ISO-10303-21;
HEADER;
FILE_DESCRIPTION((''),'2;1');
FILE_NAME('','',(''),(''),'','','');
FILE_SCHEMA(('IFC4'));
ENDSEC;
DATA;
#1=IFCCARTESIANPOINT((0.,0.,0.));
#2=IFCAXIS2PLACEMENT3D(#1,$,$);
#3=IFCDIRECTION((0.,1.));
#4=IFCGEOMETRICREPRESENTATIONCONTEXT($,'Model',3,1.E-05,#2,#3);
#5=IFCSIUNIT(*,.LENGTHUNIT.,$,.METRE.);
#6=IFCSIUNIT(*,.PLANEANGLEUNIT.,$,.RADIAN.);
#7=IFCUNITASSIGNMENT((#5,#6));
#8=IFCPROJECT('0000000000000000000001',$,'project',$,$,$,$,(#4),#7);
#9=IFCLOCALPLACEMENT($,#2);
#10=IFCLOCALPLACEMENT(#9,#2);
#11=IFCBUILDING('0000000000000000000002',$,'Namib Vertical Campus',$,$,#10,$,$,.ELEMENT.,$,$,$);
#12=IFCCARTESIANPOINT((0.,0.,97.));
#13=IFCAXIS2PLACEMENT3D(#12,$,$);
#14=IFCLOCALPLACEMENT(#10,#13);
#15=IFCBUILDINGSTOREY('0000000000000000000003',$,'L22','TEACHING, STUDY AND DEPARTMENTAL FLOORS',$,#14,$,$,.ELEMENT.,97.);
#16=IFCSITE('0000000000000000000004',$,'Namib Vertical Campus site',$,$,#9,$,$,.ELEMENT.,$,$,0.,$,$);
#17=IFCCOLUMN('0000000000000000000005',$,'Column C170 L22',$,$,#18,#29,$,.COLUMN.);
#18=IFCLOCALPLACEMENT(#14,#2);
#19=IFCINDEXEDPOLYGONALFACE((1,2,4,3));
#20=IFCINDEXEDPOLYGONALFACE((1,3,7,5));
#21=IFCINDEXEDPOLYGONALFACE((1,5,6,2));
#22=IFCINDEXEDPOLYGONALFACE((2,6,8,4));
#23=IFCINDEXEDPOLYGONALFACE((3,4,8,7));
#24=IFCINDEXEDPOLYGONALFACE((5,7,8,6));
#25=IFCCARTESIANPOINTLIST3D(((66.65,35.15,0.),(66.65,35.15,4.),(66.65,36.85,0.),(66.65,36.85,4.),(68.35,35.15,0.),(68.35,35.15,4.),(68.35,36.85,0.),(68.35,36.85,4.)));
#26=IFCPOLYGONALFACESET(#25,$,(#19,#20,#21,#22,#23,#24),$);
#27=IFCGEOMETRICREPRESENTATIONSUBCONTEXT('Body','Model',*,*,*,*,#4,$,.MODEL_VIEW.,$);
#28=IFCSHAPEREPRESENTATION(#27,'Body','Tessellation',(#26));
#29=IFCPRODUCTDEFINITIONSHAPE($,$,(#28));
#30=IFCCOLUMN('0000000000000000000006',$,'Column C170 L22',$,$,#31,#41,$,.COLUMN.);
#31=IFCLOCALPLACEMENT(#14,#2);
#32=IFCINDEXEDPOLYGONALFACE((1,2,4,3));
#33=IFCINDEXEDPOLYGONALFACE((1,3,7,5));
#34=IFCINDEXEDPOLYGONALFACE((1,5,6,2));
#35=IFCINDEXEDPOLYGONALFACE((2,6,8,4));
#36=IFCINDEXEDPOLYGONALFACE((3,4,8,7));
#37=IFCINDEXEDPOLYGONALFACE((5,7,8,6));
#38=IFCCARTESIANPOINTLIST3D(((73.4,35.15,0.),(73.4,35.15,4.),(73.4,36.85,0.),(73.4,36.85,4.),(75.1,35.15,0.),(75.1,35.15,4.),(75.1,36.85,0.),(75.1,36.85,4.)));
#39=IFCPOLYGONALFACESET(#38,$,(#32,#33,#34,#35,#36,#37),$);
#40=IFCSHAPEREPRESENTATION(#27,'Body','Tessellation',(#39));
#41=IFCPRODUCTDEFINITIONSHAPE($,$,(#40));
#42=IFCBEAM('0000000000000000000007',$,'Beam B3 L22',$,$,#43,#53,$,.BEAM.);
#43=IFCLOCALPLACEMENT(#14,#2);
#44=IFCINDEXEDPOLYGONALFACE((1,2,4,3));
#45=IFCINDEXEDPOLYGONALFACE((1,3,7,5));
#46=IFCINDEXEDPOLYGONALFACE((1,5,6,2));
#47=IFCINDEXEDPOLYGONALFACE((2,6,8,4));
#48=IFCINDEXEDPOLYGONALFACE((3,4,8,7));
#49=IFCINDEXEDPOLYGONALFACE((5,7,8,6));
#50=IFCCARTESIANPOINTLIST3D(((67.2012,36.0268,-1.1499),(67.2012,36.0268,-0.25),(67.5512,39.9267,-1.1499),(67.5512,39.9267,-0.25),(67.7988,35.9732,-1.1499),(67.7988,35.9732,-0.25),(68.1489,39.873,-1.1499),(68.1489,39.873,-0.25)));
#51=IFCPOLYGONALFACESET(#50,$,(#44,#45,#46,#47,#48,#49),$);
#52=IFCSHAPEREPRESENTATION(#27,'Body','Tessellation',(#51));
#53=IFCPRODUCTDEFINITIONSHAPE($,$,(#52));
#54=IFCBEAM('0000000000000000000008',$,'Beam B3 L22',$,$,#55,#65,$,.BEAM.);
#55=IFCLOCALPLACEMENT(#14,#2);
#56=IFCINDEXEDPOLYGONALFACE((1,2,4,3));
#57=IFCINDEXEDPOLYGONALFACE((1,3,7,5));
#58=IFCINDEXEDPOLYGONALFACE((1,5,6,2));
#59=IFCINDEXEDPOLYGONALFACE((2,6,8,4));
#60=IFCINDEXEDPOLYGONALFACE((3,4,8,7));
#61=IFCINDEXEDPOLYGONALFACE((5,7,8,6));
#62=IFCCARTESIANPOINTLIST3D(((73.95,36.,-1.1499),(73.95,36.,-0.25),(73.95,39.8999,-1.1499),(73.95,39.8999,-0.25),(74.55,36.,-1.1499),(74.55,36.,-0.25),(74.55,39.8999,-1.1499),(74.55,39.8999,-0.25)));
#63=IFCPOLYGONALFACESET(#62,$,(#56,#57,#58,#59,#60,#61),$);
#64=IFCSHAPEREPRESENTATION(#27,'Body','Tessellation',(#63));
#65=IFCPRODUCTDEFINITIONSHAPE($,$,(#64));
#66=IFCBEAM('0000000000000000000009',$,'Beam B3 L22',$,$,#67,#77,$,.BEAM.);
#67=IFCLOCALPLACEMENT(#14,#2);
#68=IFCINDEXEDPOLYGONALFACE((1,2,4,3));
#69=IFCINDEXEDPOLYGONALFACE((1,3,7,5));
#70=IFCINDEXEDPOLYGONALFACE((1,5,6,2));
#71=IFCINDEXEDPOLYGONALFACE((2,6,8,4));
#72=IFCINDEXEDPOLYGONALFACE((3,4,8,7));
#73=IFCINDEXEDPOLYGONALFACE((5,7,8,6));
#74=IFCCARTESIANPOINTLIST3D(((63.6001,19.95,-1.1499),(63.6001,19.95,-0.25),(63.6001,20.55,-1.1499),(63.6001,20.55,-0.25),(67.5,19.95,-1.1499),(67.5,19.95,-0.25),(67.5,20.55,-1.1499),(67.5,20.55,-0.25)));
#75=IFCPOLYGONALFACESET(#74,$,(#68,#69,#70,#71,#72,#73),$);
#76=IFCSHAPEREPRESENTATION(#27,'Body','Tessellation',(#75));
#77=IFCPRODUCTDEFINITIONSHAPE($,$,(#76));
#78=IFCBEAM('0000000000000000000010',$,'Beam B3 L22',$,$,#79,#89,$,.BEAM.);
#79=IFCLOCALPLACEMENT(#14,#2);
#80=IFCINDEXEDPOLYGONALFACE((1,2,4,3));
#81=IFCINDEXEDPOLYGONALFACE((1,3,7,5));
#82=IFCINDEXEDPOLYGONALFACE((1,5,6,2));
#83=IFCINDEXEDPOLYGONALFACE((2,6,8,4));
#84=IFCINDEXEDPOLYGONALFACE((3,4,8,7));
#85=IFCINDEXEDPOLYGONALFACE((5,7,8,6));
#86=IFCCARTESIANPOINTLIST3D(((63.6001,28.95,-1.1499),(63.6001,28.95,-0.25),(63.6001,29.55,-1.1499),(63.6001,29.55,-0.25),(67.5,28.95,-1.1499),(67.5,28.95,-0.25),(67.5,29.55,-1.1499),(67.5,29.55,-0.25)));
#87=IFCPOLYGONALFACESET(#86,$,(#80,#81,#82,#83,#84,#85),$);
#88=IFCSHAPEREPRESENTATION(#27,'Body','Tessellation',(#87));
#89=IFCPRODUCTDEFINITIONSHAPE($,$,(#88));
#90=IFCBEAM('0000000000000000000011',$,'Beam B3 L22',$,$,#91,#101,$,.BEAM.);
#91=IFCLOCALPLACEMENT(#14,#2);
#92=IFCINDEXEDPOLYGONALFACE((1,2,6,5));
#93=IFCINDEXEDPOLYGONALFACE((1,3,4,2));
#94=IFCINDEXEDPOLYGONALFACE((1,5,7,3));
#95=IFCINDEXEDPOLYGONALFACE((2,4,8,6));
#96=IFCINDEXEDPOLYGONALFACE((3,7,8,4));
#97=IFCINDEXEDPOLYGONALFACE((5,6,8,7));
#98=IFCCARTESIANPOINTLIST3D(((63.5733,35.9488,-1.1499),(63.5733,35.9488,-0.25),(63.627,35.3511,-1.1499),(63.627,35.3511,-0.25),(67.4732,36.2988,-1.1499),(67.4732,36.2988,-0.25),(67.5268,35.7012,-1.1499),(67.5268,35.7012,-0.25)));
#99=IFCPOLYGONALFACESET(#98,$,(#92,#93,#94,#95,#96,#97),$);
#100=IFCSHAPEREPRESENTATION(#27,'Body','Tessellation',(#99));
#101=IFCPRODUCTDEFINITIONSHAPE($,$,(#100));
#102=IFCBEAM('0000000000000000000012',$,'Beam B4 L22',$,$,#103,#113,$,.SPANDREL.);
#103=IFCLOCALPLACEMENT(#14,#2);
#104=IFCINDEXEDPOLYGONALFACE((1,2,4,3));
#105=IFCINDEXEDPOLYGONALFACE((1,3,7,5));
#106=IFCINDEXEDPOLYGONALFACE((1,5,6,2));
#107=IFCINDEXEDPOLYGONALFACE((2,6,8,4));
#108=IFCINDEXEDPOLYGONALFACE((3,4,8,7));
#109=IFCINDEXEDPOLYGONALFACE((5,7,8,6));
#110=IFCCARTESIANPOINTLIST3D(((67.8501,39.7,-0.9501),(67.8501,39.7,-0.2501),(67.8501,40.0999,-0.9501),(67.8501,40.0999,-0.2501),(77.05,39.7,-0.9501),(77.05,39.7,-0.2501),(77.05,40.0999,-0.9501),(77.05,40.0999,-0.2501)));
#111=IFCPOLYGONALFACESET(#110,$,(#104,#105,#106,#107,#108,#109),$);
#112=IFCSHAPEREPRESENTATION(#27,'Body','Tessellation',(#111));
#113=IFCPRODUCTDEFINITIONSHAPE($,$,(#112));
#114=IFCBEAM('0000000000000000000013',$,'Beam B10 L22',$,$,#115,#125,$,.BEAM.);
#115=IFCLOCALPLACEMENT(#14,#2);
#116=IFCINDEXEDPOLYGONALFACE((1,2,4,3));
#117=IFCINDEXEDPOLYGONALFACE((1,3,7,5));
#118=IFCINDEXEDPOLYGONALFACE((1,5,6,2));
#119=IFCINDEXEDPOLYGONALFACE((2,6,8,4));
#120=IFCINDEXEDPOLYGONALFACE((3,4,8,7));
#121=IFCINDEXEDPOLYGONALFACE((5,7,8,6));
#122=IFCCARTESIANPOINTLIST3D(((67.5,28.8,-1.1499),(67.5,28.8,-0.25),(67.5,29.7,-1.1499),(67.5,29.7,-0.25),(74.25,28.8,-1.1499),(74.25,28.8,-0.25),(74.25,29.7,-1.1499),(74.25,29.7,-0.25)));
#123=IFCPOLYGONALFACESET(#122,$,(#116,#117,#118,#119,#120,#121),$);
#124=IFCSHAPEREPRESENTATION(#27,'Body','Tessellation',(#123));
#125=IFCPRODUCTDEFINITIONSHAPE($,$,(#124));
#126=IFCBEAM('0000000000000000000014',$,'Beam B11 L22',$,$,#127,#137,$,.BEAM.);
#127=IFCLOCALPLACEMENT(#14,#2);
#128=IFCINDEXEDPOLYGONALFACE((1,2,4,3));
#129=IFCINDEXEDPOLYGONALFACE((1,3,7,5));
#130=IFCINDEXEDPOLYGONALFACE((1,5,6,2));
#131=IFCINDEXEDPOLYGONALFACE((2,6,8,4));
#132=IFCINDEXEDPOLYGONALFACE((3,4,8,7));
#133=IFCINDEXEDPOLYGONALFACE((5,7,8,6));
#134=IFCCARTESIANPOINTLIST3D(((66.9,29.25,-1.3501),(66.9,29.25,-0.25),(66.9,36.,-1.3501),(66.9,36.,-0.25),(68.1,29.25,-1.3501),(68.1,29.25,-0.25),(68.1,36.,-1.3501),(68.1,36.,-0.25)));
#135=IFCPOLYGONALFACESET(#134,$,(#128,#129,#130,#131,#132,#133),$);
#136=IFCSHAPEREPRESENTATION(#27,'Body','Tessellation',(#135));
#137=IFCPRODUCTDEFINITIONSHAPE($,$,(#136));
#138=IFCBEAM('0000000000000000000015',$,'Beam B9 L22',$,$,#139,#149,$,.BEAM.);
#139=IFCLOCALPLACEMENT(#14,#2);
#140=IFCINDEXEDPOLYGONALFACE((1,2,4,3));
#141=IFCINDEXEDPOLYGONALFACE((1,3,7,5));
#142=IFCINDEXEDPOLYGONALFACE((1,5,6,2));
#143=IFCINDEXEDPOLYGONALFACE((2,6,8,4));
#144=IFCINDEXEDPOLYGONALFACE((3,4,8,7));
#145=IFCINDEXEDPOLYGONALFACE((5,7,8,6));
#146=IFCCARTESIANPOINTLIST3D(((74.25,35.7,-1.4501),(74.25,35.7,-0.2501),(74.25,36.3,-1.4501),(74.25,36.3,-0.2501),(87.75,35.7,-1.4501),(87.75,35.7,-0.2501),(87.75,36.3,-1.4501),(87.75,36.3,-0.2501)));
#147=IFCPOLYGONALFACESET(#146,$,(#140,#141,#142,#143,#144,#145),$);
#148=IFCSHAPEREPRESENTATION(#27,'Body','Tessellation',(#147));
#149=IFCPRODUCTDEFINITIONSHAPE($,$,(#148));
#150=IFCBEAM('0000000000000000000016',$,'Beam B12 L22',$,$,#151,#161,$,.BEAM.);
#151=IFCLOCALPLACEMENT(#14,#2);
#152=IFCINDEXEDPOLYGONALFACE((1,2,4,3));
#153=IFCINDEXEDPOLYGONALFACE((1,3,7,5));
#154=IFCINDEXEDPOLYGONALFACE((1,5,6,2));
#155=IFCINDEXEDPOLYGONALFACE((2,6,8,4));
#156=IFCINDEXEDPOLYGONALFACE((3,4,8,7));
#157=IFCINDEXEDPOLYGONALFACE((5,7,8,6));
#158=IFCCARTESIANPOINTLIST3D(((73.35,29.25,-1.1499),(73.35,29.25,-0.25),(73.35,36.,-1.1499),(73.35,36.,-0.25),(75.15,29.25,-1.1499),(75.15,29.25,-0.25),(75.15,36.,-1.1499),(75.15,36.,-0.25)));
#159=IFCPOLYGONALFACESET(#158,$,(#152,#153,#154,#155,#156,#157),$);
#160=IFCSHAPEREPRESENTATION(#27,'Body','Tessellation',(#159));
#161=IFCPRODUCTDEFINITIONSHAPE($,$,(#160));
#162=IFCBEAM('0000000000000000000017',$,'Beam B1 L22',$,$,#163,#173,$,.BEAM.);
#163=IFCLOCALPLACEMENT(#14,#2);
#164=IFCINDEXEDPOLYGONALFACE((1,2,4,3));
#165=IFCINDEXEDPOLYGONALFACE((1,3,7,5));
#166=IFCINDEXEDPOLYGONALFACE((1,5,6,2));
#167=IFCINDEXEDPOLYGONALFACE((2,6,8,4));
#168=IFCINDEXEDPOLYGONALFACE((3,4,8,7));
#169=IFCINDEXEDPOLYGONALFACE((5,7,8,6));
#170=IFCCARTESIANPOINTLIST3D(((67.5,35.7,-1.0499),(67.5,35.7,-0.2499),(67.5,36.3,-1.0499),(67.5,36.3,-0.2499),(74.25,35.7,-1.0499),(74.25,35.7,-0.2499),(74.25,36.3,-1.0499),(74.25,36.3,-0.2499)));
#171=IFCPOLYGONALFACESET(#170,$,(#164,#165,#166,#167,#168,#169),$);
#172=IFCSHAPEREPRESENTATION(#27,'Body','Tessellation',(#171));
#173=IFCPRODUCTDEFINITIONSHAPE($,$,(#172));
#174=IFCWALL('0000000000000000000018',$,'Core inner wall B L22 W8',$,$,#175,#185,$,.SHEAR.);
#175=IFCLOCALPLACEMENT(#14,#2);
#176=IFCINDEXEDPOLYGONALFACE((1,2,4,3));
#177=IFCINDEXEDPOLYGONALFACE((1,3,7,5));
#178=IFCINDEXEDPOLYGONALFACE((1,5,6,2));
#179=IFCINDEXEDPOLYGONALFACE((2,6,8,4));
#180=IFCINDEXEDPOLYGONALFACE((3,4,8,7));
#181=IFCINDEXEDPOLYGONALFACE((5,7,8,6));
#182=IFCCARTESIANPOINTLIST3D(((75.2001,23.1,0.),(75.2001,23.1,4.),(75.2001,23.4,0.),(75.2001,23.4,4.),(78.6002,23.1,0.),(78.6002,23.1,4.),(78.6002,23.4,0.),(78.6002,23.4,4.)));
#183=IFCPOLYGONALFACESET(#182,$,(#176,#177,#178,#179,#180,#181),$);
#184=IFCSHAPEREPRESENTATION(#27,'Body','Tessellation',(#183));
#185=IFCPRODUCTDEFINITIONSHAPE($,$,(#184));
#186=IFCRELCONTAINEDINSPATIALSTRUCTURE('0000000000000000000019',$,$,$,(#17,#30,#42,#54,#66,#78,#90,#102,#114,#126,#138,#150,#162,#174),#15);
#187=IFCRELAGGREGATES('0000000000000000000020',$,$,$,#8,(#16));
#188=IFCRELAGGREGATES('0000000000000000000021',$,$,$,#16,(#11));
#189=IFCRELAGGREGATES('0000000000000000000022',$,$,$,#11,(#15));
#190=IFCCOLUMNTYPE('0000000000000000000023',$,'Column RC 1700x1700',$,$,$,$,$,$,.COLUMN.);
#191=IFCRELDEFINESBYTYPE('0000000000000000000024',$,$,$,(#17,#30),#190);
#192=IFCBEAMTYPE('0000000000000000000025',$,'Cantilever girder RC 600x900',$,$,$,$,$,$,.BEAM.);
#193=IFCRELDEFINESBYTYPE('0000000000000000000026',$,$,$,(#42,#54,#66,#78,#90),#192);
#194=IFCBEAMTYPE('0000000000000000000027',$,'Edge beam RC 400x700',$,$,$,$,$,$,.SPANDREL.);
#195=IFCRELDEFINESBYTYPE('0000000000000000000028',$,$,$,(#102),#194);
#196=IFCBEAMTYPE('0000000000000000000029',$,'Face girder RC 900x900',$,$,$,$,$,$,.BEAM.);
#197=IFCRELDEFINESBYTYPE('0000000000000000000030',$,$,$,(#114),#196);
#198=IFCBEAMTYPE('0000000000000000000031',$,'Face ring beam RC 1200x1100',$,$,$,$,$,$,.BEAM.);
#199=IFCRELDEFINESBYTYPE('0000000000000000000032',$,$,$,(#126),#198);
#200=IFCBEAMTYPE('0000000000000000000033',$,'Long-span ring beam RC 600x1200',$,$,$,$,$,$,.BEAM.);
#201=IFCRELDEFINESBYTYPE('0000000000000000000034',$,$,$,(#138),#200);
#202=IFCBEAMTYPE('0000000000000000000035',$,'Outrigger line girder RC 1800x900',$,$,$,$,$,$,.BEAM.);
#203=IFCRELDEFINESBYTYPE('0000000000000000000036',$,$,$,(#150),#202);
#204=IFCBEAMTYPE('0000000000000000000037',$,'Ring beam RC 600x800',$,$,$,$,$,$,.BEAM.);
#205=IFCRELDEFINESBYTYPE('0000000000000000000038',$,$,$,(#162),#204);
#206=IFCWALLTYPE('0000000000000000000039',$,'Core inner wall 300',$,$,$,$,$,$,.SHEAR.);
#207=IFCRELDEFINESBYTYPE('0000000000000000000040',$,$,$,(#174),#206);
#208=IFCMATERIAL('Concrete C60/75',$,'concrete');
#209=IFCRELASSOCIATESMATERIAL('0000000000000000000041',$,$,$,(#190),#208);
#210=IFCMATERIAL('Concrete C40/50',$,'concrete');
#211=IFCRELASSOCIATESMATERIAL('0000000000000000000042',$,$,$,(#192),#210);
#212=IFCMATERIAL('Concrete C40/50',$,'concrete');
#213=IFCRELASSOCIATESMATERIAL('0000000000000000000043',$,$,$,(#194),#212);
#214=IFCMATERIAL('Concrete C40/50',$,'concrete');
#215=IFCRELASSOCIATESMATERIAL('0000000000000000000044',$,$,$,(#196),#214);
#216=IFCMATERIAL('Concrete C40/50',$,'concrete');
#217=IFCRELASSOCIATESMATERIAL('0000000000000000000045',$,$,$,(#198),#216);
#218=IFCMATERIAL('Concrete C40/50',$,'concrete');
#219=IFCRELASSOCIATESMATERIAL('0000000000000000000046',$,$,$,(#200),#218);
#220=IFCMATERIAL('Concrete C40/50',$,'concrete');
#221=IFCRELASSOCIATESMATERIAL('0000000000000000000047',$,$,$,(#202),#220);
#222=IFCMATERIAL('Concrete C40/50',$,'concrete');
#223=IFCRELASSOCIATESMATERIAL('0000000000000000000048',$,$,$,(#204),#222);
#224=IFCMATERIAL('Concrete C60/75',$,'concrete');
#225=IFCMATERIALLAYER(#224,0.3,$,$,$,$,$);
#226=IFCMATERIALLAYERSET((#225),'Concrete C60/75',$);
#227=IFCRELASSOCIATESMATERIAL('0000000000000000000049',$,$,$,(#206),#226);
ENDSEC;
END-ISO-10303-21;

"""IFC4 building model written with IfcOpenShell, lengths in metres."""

from ifc_helpers import new_model, si_unit, direction, frame, frame_2d, origin, origin_2d, place, context, subcontext, project, spatial, rectangle, extrude, material, layer, layer_set, material_profile, profile_set, type_object, element, save


model = new_model("IFC4")

# Units and contexts
model_context = context("Model", 3, precision=1e-05, world=origin(), true_north=direction((0.0, 1.0)))
body_context = subcontext(model_context, "Body", "Model", "MODEL_VIEW")
ifc_project = project(units=[si_unit("LENGTHUNIT", "METRE"), si_unit("PLANEANGLEUNIT", "RADIAN")], contexts=[model_context])

# Site, building, storey
site_placement = place(None, origin())
site = spatial("IfcSite", under=ifc_project, at=site_placement, Name="Namib Vertical Campus site", CompositionType="ELEMENT", RefElevation=0.0)
building_placement = place(site_placement, origin())
building = spatial("IfcBuilding", under=site, at=building_placement, Name="Namib Vertical Campus", CompositionType="ELEMENT")
storey_placement = place(building_placement, frame((0.0, 0.0, 97.0)))
storey = spatial("IfcBuildingStorey", under=building, at=storey_placement, Name="L22", Description="TEACHING, STUDY AND DEPARTMENTAL FLOORS", CompositionType="ELEMENT", Elevation=97.0)

# Columns
ifc_material_1 = material(Name="Concrete C60/75", Category="concrete")
ifc_material_profile_1 = material_profile(ifc_material_1, rectangle(XDim=1.7, YDim=1.7, at=origin_2d()))
ifc_profile_set_1 = profile_set([ifc_material_profile_1], Name="Concrete C60/75")
column_type = type_object("IfcColumnType", Name="Column RC 1700x1700", PredefinedType="COLUMN", material=ifc_profile_set_1)
for number, where, z_axis, x_axis, name in (
    (1, (67.5, 36.0, 0.0), (0.0, 0.0, 1.0), (1.0, 0.0, 0.0), "Column C170 L22"),
    (2, (74.25, 36.0, 0.0), (0.0, 0.0, 1.0), (1.0, 0.0, 0.0), "Column C170 L22"),
):
    element("IfcColumn", number, at=place(storey_placement, frame(where, z_axis=z_axis, x_axis=x_axis)), inside=storey, type_object=column_type, Name=name, PredefinedType="COLUMN", context=body_context, shape_type="SweptSolid", body=[
        extrude(rectangle(XDim=1.7, YDim=1.7, at=origin_2d()), origin(), (0.0, 0.0, 1.0), 4.0),
    ])

# Beams
ifc_material_2 = material(Name="Concrete C40/50", Category="concrete")
ifc_material_profile_2 = material_profile(ifc_material_2, rectangle(XDim=0.6001, YDim=0.8999, at=origin_2d()))
ifc_profile_set_2 = profile_set([ifc_material_profile_2], Name="Concrete C40/50")
beam_type_1 = type_object("IfcBeamType", Name="Cantilever girder RC 600x900", PredefinedType="BEAM", material=ifc_profile_set_2)
beam_1_placement = place(storey_placement, frame((67.5, 36.0, -0.7), z_axis=(0.089411, 0.995995, 0.0), x_axis=(-0.995995, 0.089411, 0.0)))
element("IfcBeam", 3, at=beam_1_placement, inside=storey, type_object=beam_type_1, Name="Beam B3 L22", PredefinedType="BEAM", context=body_context, shape_type="SweptSolid", body=[
    extrude(rectangle(XDim=0.6001, YDim=0.8999, at=origin_2d()), origin(), (0.0, 0.0, 1.0), 3.9155),
])
for number, where, z_axis, x_axis, name in (
    (4, (74.25, 36.0, -0.7), (0.0, 1.0, 0.0), (-1.0, 0.0, 0.0), "Beam B3 L22"),
    (5, (67.5, 20.25, -0.7), (-1.0, 0.0, 0.0), (0.0, -1.0, 0.0), "Beam B3 L22"),
    (6, (67.5, 29.25, -0.7), (-1.0, 0.0, 0.0), (0.0, -1.0, 0.0), "Beam B3 L22"),
):
    element("IfcBeam", number, at=place(storey_placement, frame(where, z_axis=z_axis, x_axis=x_axis)), inside=storey, type_object=beam_type_1, Name=name, PredefinedType="BEAM", context=body_context, shape_type="SweptSolid", body=[
        extrude(rectangle(XDim=0.6001, YDim=0.8999, at=origin_2d()), origin(), (0.0, 0.0, 1.0), 3.8999),
    ])
beam_2_placement = place(storey_placement, frame((67.5, 36.0, -0.7), z_axis=(-0.995995, -0.089411, 0.0), x_axis=(0.089411, -0.995995, 0.0)))
element("IfcBeam", 7, at=beam_2_placement, inside=storey, type_object=beam_type_1, Name="Beam B3 L22", PredefinedType="BEAM", context=body_context, shape_type="SweptSolid", body=[
    extrude(rectangle(XDim=0.6001, YDim=0.8999, at=origin_2d()), origin(), (0.0, 0.0, 1.0), 3.9155),
])
ifc_material_3 = material(Name="Concrete C40/50", Category="concrete")
ifc_material_profile_3 = material_profile(ifc_material_3, rectangle(XDim=0.3999, YDim=0.7, at=origin_2d()))
ifc_profile_set_3 = profile_set([ifc_material_profile_3], Name="Concrete C40/50")
beam_type_2 = type_object("IfcBeamType", Name="Edge beam RC 400x700", PredefinedType="SPANDREL", material=ifc_profile_set_3)
beam_3_placement = place(storey_placement, frame((67.8501, 39.8999, -0.6001), z_axis=(1.0, 0.0, 0.0), x_axis=(0.0, 1.0, 0.0)))
element("IfcBeam", 8, at=beam_3_placement, inside=storey, type_object=beam_type_2, Name="Beam B4 L22", PredefinedType="SPANDREL", context=body_context, shape_type="SweptSolid", body=[
    extrude(rectangle(XDim=0.3999, YDim=0.7, at=origin_2d()), origin(), (0.0, 0.0, 1.0), 9.2),
])
ifc_material_4 = material(Name="Concrete C40/50", Category="concrete")
ifc_material_profile_4 = material_profile(ifc_material_4, rectangle(XDim=0.8999, YDim=0.8999, at=origin_2d()))
ifc_profile_set_4 = profile_set([ifc_material_profile_4], Name="Concrete C40/50")
beam_type_3 = type_object("IfcBeamType", Name="Face girder RC 900x900", PredefinedType="BEAM", material=ifc_profile_set_4)
beam_4_placement = place(storey_placement, frame((67.5, 29.25, -0.7), z_axis=(1.0, 0.0, 0.0), x_axis=(0.0, 1.0, 0.0)))
element("IfcBeam", 9, at=beam_4_placement, inside=storey, type_object=beam_type_3, Name="Beam B10 L22", PredefinedType="BEAM", context=body_context, shape_type="SweptSolid", body=[
    extrude(rectangle(XDim=0.8999, YDim=0.8999, at=origin_2d()), origin(), (0.0, 0.0, 1.0), 6.75),
])
ifc_material_5 = material(Name="Concrete C40/50", Category="concrete")
ifc_material_profile_5 = material_profile(ifc_material_5, rectangle(XDim=1.2, YDim=1.1001, at=origin_2d()))
ifc_profile_set_5 = profile_set([ifc_material_profile_5], Name="Concrete C40/50")
beam_type_4 = type_object("IfcBeamType", Name="Face ring beam RC 1200x1100", PredefinedType="BEAM", material=ifc_profile_set_5)
beam_5_placement = place(storey_placement, frame((67.5, 29.25, -0.8), z_axis=(0.0, 1.0, 0.0), x_axis=(-1.0, 0.0, 0.0)))
element("IfcBeam", 10, at=beam_5_placement, inside=storey, type_object=beam_type_4, Name="Beam B11 L22", PredefinedType="BEAM", context=body_context, shape_type="SweptSolid", body=[
    extrude(rectangle(XDim=1.2, YDim=1.1001, at=origin_2d()), origin(), (0.0, 0.0, 1.0), 6.75),
])
ifc_material_6 = material(Name="Concrete C40/50", Category="concrete")
ifc_material_profile_6 = material_profile(ifc_material_6, rectangle(XDim=0.6001, YDim=1.2, at=origin_2d()))
ifc_profile_set_6 = profile_set([ifc_material_profile_6], Name="Concrete C40/50")
beam_type_5 = type_object("IfcBeamType", Name="Long-span ring beam RC 600x1200", PredefinedType="BEAM", material=ifc_profile_set_6)
beam_6_placement = place(storey_placement, frame((74.25, 36.0, -0.8501), z_axis=(1.0, 0.0, 0.0), x_axis=(0.0, 1.0, 0.0)))
element("IfcBeam", 11, at=beam_6_placement, inside=storey, type_object=beam_type_5, Name="Beam B9 L22", PredefinedType="BEAM", context=body_context, shape_type="SweptSolid", body=[
    extrude(rectangle(XDim=0.6001, YDim=1.2, at=origin_2d()), origin(), (0.0, 0.0, 1.0), 13.5),
])
ifc_material_7 = material(Name="Concrete C40/50", Category="concrete")
ifc_material_profile_7 = material_profile(ifc_material_7, rectangle(XDim=1.8, YDim=0.8999, at=origin_2d()))
ifc_profile_set_7 = profile_set([ifc_material_profile_7], Name="Concrete C40/50")
beam_type_6 = type_object("IfcBeamType", Name="Outrigger line girder RC 1800x900", PredefinedType="BEAM", material=ifc_profile_set_7)
beam_7_placement = place(storey_placement, frame((74.25, 36.0, -0.7), z_axis=(0.0, -1.0, 0.0), x_axis=(1.0, 0.0, 0.0)))
element("IfcBeam", 12, at=beam_7_placement, inside=storey, type_object=beam_type_6, Name="Beam B12 L22", PredefinedType="BEAM", context=body_context, shape_type="SweptSolid", body=[
    extrude(rectangle(XDim=1.8, YDim=0.8999, at=origin_2d()), origin(), (0.0, 0.0, 1.0), 6.75),
])
ifc_material_8 = material(Name="Concrete C40/50", Category="concrete")
ifc_material_profile_8 = material_profile(ifc_material_8, rectangle(XDim=0.6001, YDim=0.8, at=origin_2d()))
ifc_profile_set_8 = profile_set([ifc_material_profile_8], Name="Concrete C40/50")
beam_type_7 = type_object("IfcBeamType", Name="Ring beam RC 600x800", PredefinedType="BEAM", material=ifc_profile_set_8)
beam_8_placement = place(storey_placement, frame((67.5, 36.0, -0.6499), z_axis=(1.0, 0.0, 0.0), x_axis=(0.0, 1.0, 0.0)))
element("IfcBeam", 13, at=beam_8_placement, inside=storey, type_object=beam_type_7, Name="Beam B1 L22", PredefinedType="BEAM", context=body_context, shape_type="SweptSolid", body=[
    extrude(rectangle(XDim=0.6001, YDim=0.8, at=origin_2d()), origin(), (0.0, 0.0, 1.0), 6.75),
])

# Wall
ifc_material_9 = material(Name="Concrete C60/75", Category="concrete")
ifc_layer_1 = layer(ifc_material_9, 0.3)
ifc_layer_set_1 = layer_set([ifc_layer_1], Name="Concrete C60/75")
wall_type_1 = type_object("IfcWallType", Name="Core inner wall 300", PredefinedType="SHEAR", material=ifc_layer_set_1)
for number, where, z_axis, x_axis, name in (
    (14, (75.2, 23.25, 0.0), (0.0, 0.0, 1.0), (1.0, 0.0, 0.0), "Core inner wall B L22 W8"),
):
    element("IfcWall", number, at=place(storey_placement, frame(where, z_axis=z_axis, x_axis=x_axis)), inside=storey, type_object=wall_type_1, Name=name, PredefinedType="SHEAR", context=body_context, shape_type="SweptSolid", body=[
        extrude(rectangle(XDim=3.4001, YDim=0.3, at=frame_2d((1.7002, 0.0))), origin(), (0.0, 0.0, 1.0), 4.0),
    ])

save(model, "model.ifc")
